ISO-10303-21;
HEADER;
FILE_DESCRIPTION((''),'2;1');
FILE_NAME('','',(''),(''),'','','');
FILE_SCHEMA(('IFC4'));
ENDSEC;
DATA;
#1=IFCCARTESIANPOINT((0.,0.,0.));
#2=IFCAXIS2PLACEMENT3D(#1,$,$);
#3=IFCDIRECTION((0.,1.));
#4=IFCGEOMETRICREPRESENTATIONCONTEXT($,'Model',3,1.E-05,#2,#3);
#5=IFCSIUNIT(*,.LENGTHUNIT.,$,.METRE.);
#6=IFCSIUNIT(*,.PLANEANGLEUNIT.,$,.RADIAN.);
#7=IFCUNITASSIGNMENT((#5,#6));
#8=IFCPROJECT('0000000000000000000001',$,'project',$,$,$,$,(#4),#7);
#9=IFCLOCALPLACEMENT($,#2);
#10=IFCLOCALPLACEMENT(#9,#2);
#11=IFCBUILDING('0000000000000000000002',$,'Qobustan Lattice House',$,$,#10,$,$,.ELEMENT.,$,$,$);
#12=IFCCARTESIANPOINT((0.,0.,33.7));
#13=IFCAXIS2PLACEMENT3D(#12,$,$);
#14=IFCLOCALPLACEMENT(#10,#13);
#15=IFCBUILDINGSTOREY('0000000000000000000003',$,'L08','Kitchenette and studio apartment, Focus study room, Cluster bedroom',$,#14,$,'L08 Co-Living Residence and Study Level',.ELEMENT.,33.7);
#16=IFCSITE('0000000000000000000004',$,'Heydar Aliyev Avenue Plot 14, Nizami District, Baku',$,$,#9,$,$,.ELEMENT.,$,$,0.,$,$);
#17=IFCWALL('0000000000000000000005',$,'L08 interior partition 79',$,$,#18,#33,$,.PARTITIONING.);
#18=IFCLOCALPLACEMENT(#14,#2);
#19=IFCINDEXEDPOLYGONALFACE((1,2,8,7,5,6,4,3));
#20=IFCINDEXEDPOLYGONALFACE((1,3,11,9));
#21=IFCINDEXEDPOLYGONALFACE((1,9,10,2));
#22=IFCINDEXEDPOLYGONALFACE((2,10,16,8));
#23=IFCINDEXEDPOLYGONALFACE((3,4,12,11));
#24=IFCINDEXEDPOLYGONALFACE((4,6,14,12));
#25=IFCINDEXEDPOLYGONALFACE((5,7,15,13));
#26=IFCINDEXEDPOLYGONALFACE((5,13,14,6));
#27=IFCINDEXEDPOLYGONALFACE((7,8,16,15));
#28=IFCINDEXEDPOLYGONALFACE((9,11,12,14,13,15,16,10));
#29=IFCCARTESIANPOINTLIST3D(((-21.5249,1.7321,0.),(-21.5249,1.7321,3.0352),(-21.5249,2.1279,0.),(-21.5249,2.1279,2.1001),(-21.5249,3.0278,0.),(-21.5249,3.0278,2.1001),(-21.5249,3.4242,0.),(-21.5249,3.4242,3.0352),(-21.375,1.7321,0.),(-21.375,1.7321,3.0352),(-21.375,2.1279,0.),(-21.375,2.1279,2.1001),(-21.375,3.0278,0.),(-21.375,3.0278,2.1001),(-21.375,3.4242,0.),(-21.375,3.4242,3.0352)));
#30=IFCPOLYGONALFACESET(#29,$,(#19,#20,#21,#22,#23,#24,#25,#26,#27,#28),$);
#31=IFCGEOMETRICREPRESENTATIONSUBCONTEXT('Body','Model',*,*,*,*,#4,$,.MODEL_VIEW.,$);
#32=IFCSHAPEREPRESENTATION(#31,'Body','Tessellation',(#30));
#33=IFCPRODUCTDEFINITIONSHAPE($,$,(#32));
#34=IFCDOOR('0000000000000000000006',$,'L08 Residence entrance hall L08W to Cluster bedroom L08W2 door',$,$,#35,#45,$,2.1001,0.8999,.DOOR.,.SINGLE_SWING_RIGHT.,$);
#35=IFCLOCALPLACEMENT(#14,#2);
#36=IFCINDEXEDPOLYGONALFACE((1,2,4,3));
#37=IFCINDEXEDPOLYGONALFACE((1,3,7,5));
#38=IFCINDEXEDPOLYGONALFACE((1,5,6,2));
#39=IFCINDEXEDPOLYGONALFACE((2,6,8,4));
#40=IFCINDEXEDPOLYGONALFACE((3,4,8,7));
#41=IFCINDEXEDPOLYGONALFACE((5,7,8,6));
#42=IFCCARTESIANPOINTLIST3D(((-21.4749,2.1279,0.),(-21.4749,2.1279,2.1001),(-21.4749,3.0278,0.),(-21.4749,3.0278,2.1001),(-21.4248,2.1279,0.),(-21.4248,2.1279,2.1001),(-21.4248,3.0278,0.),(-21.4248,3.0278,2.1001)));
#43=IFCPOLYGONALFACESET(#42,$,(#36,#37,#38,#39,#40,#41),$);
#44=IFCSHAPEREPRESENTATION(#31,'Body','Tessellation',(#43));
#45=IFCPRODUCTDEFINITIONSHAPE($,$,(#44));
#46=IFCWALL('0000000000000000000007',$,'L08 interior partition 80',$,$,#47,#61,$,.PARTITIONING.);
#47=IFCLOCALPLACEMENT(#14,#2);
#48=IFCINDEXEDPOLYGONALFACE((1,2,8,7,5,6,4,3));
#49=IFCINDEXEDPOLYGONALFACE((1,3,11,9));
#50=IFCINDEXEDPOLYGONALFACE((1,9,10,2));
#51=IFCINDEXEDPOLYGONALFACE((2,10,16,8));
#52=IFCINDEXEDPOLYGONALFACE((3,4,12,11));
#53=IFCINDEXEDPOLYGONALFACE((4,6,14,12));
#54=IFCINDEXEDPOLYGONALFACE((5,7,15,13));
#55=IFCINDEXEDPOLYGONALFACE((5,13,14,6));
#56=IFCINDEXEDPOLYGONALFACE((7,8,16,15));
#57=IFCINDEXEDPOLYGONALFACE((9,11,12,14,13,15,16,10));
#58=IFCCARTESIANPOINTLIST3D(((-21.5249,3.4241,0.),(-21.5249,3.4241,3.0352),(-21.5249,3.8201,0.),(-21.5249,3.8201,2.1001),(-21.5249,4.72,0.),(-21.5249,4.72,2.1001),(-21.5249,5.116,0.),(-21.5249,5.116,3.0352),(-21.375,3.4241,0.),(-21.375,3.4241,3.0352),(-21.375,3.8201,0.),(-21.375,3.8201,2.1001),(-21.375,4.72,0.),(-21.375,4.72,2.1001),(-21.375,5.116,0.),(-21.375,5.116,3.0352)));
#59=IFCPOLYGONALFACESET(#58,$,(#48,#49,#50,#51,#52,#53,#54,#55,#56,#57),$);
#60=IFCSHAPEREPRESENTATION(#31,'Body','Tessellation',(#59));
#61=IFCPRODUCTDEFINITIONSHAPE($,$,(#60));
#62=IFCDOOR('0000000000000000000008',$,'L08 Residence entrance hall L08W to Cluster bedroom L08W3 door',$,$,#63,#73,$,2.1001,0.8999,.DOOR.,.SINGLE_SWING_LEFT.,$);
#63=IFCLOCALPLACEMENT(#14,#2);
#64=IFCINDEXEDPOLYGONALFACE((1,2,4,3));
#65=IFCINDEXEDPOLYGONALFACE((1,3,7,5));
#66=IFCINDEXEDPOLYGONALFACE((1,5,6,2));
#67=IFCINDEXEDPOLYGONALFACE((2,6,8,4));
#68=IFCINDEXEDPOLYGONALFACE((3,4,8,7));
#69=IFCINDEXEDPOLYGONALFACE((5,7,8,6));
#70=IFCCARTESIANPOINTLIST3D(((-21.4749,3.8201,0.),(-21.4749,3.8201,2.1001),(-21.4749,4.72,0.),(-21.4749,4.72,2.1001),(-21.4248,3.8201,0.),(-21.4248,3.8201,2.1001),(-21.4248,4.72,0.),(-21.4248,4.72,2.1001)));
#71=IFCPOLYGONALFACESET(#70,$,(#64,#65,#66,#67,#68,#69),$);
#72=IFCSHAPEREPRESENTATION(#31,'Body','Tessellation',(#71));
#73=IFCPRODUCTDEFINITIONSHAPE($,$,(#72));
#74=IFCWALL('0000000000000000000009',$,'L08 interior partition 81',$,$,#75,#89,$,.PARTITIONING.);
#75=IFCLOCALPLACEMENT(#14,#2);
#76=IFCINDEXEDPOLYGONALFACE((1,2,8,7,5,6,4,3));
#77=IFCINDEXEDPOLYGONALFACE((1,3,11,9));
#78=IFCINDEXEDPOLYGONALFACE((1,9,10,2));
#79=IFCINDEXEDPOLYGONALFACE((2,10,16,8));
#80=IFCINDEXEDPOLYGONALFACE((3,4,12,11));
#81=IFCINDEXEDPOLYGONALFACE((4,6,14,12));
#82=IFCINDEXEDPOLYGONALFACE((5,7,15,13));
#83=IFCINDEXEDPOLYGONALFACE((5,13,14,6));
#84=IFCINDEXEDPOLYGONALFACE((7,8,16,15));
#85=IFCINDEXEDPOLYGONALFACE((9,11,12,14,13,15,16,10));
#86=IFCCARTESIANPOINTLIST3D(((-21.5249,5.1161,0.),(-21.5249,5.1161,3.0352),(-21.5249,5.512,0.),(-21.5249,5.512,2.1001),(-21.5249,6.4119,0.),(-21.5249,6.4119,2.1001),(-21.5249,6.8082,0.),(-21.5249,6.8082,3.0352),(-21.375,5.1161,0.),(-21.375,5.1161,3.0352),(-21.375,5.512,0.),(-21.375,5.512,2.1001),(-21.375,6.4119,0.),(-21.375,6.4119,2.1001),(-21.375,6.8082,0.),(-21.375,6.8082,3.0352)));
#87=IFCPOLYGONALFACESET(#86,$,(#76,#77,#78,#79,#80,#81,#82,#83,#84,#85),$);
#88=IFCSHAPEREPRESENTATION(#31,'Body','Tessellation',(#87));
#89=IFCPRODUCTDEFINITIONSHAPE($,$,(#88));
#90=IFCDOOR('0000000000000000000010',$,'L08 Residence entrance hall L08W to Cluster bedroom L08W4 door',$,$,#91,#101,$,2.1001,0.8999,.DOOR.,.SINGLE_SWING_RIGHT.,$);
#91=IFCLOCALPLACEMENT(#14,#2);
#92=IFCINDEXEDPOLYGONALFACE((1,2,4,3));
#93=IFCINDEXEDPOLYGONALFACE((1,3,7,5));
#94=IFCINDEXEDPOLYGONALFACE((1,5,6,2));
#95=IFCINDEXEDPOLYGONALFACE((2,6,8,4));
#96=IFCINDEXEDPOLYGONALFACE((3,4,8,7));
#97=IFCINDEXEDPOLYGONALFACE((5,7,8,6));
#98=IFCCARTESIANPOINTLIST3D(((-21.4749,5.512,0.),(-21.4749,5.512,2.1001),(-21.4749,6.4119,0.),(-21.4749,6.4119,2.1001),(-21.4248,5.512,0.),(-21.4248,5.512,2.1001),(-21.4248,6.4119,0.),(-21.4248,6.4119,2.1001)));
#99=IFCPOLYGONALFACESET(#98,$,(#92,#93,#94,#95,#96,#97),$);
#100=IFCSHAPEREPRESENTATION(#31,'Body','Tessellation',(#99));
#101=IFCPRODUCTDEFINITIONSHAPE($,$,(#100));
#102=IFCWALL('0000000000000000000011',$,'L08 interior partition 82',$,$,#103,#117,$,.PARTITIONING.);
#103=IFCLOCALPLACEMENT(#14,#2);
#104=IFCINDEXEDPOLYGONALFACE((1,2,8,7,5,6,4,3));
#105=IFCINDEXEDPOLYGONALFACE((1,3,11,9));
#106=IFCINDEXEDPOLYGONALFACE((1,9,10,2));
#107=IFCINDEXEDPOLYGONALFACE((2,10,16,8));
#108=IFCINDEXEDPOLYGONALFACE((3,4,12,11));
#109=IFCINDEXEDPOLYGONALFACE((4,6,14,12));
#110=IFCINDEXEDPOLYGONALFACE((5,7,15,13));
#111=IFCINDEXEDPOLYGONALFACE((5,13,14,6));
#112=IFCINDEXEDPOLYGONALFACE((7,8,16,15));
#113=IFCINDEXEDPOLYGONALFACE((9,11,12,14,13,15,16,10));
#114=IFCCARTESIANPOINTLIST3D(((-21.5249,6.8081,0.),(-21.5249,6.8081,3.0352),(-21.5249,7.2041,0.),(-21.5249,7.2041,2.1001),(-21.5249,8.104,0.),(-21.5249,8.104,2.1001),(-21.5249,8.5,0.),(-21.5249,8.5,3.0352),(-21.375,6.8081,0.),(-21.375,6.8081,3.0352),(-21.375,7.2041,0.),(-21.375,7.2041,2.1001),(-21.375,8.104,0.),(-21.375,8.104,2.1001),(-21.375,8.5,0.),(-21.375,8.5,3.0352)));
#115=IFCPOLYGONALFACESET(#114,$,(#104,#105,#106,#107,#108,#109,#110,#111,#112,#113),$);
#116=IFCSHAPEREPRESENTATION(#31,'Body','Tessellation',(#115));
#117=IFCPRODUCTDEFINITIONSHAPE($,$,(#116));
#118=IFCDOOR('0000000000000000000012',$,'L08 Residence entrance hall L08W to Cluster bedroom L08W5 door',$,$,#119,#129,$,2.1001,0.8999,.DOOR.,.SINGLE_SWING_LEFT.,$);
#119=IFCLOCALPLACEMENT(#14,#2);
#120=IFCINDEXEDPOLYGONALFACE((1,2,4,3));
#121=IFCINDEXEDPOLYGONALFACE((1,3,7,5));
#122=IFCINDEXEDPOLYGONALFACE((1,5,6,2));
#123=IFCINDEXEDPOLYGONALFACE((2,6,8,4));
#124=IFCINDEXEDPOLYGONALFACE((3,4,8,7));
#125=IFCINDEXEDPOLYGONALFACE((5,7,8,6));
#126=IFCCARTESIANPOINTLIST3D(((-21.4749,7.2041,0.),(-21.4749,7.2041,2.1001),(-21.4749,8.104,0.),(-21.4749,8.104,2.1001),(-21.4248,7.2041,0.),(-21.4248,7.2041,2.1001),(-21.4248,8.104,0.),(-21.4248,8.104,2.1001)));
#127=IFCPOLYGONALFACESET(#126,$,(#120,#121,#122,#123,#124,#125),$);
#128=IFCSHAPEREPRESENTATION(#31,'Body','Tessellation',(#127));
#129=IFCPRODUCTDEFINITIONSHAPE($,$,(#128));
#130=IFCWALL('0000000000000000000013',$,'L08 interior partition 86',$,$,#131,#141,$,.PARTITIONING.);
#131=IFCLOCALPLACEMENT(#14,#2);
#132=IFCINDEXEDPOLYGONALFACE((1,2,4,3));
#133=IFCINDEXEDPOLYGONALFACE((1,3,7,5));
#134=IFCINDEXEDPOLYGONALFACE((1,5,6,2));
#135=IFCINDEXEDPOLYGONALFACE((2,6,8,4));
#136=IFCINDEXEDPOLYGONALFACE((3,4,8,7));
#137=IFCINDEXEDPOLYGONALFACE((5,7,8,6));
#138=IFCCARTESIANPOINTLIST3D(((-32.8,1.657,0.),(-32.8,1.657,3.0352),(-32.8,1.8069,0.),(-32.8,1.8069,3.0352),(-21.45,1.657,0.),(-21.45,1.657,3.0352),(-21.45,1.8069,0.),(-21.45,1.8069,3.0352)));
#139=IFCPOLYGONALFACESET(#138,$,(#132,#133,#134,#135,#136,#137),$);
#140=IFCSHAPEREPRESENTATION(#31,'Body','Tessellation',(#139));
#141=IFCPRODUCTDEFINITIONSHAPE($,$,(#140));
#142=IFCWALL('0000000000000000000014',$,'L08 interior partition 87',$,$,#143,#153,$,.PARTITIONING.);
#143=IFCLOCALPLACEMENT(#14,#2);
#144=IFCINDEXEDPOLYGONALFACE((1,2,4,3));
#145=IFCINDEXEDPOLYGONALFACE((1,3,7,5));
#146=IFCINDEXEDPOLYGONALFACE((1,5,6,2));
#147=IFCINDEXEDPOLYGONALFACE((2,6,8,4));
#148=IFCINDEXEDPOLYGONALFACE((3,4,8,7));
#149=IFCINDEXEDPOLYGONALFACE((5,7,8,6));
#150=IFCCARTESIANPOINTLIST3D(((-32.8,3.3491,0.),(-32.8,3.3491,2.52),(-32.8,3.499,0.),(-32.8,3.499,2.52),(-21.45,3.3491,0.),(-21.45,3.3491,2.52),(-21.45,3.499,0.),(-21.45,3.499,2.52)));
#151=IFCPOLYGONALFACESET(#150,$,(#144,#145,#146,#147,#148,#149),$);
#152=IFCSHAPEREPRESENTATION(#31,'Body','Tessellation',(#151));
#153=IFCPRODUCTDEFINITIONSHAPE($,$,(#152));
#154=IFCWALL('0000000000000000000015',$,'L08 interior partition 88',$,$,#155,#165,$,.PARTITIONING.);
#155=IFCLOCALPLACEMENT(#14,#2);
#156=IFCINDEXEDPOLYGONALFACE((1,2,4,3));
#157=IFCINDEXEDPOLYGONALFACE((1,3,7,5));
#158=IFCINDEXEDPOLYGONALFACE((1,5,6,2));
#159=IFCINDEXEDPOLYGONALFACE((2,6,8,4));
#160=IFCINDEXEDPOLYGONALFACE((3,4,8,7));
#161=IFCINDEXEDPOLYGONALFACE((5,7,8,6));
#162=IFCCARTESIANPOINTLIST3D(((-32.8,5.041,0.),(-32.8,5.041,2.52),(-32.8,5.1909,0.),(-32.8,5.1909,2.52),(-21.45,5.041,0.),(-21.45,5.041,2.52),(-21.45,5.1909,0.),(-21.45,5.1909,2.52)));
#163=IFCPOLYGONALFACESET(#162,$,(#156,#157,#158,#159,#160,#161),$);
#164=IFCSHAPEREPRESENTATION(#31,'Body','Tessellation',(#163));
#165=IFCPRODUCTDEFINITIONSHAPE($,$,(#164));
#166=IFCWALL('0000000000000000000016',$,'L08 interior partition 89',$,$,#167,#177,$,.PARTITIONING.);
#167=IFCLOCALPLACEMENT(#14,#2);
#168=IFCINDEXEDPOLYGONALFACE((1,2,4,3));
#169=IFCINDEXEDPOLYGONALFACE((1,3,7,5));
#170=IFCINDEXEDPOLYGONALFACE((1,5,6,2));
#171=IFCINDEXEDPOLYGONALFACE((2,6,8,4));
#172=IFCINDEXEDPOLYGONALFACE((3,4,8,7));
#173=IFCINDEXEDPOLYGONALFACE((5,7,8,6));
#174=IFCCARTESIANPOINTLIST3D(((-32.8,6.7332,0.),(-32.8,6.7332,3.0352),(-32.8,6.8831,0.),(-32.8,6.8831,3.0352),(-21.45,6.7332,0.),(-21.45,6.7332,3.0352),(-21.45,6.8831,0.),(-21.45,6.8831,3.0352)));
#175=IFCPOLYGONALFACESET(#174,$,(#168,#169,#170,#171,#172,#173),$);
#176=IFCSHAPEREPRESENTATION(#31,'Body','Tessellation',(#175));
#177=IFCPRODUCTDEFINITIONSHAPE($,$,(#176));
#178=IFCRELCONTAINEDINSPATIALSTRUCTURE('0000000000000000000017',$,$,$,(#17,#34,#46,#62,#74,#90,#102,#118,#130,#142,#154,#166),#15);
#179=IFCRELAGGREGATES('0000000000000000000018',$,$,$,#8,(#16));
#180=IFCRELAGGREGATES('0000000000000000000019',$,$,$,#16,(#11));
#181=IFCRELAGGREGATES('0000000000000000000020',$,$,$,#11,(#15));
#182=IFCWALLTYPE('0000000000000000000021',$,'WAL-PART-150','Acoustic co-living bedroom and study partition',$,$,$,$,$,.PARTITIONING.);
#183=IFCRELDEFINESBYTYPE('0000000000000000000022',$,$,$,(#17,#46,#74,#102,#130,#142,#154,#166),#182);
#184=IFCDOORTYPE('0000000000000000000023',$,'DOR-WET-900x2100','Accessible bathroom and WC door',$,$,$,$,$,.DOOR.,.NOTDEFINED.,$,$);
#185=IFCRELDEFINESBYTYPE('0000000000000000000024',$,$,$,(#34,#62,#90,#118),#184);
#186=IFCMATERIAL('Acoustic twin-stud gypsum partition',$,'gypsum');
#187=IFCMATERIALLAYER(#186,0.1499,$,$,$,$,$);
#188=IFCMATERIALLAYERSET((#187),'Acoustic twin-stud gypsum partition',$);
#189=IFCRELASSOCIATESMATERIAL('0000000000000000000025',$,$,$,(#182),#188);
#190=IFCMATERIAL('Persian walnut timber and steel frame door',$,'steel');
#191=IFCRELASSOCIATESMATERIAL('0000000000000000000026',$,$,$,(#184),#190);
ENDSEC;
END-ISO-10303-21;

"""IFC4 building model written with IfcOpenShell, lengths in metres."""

from ifc_helpers import new_model, si_unit, direction, frame, frame_2d, origin, place, context, subcontext, project, spatial, rectangle, extrude, material, layer, layer_set, type_object, element, fill, save


model = new_model("IFC4")

# Units and contexts
model_context = context("Model", 3, precision=1e-05, world=origin(), true_north=direction((0.0, 1.0)))
body_context = subcontext(model_context, "Body", "Model", "MODEL_VIEW")
ifc_project = project(units=[si_unit("LENGTHUNIT", "METRE"), si_unit("PLANEANGLEUNIT", "RADIAN")], contexts=[model_context])

# Site, building, storey
site_placement = place(None, origin())
site = spatial("IfcSite", under=ifc_project, at=site_placement, Name="Heydar Aliyev Avenue Plot 14, Nizami District, Baku", CompositionType="ELEMENT", RefElevation=0.0)
building_placement = place(site_placement, origin())
building = spatial("IfcBuilding", under=site, at=building_placement, Name="Qobustan Lattice House", CompositionType="ELEMENT")
storey_placement = place(building_placement, frame((0.0, 0.0, 33.7)))
storey = spatial("IfcBuildingStorey", under=building, at=storey_placement, Name="L08", Description="Kitchenette and studio apartment, Focus study room, Cluster bedroom", LongName="L08 Co-Living Residence and Study Level", CompositionType="ELEMENT", Elevation=33.7)

# Shared definitions
ifc_material_1 = material(Name="Acoustic twin-stud gypsum partition", Category="gypsum")
ifc_layer_1 = layer(ifc_material_1, 0.1499)
ifc_layer_set_1 = layer_set([ifc_layer_1], Name="Acoustic twin-stud gypsum partition")
wall_type_1 = type_object("IfcWallType", Name="WAL-PART-150", Description="Acoustic co-living bedroom and study partition", PredefinedType="PARTITIONING", material=ifc_layer_set_1)

# Walls, openings, doors
ifc_material_2 = material(Name="Persian walnut timber and steel frame door", Category="steel")
door_type_1 = type_object("IfcDoorType", Name="DOR-WET-900x2100", Description="Accessible bathroom and WC door", OperationType="NOTDEFINED", PredefinedType="DOOR", material=ifc_material_2)
wall_1_placement = place(storey_placement, frame((-21.45, 1.7319, 0.0), z_axis=(0.0, 0.0, 1.0), x_axis=(0.0, 1.0, 0.0)))
wall_1 = element("IfcWall", 1, at=wall_1_placement, inside=storey, type_object=wall_type_1, Name="L08 interior partition 79", PredefinedType="PARTITIONING", context=body_context, shape_type="SweptSolid", body=[
    extrude(rectangle(XDim=1.6921, YDim=0.1499, at=frame_2d((0.8462, 0.0))), origin(), (0.0, 0.0, 1.0), 3.0352),
])
opening_1_placement = place(wall_1_placement, frame((0.396, 0.0, 0.0)))
opening_1 = element("IfcOpeningElement", 2, at=opening_1_placement, cuts=wall_1, PredefinedType="OPENING", context=body_context, shape_type="SweptSolid", body=[
    extrude(rectangle(XDim=0.8999, YDim=2.1001, at=frame_2d((0.45, 1.05))), frame((0.0, 0.085, 0.0), z_axis=(0.0, -1.0, 0.0), x_axis=(1.0, 0.0, 0.0)), (0.0, 0.0, 1.0), 0.1699),
])
door_1_placement = place(opening_1_placement, origin())
door_1 = element("IfcDoor", 3, at=door_1_placement, inside=storey, type_object=door_type_1, Name="L08 Residence entrance hall L08W to Cluster bedroom L08W2 door", OperationType="SINGLE_SWING_RIGHT", OverallHeight=2.1001, OverallWidth=0.8999, PredefinedType="DOOR", context=body_context, shape_type="SweptSolid", body=[
    extrude(rectangle(XDim=0.8999, YDim=2.1001, at=frame_2d((0.45, 1.05))), frame((0.0, 0.0249, 0.0), z_axis=(0.0, -1.0, 0.0), x_axis=(1.0, 0.0, 0.0)), (0.0, 0.0, 1.0), 0.05),
])
fill(opening_1, door_1)
wall_2_placement = place(storey_placement, frame((-21.45, 3.4241, 0.0), z_axis=(0.0, 0.0, 1.0), x_axis=(0.0, 1.0, 0.0)))
wall_2 = element("IfcWall", 4, at=wall_2_placement, inside=storey, type_object=wall_type_1, Name="L08 interior partition 80", PredefinedType="PARTITIONING", context=body_context, shape_type="SweptSolid", body=[
    extrude(rectangle(XDim=1.6919, YDim=0.1499, at=frame_2d((0.8459, 0.0))), origin(), (0.0, 0.0, 1.0), 3.0352),
])
opening_2_placement = place(wall_2_placement, frame((0.396, 0.0, 0.0)))
opening_2 = element("IfcOpeningElement", 5, at=opening_2_placement, cuts=wall_2, PredefinedType="OPENING", context=body_context, shape_type="SweptSolid", body=[
    extrude(rectangle(XDim=0.8999, YDim=2.1001, at=frame_2d((0.45, 1.05))), frame((0.0, 0.085, 0.0), z_axis=(0.0, -1.0, 0.0), x_axis=(1.0, 0.0, 0.0)), (0.0, 0.0, 1.0), 0.1699),
])
door_2_placement = place(opening_2_placement, origin())
door_2 = element("IfcDoor", 6, at=door_2_placement, inside=storey, type_object=door_type_1, Name="L08 Residence entrance hall L08W to Cluster bedroom L08W3 door", OperationType="SINGLE_SWING_LEFT", OverallHeight=2.1001, OverallWidth=0.8999, PredefinedType="DOOR", context=body_context, shape_type="SweptSolid", body=[
    extrude(rectangle(XDim=0.8999, YDim=2.1001, at=frame_2d((0.45, 1.05))), frame((0.0, 0.0249, 0.0), z_axis=(0.0, -1.0, 0.0), x_axis=(1.0, 0.0, 0.0)), (0.0, 0.0, 1.0), 0.05),
])
fill(opening_2, door_2)
wall_3_placement = place(storey_placement, frame((-21.45, 5.116, 0.0), z_axis=(0.0, 0.0, 1.0), x_axis=(0.0, 1.0, 0.0)))
wall_3 = element("IfcWall", 7, at=wall_3_placement, inside=storey, type_object=wall_type_1, Name="L08 interior partition 81", PredefinedType="PARTITIONING", context=body_context, shape_type="SweptSolid", body=[
    extrude(rectangle(XDim=1.6921, YDim=0.1499, at=frame_2d((0.8462, 0.0))), origin(), (0.0, 0.0, 1.0), 3.0352),
])
opening_3_placement = place(wall_3_placement, frame((0.396, 0.0, 0.0)))
opening_3 = element("IfcOpeningElement", 8, at=opening_3_placement, cuts=wall_3, PredefinedType="OPENING", context=body_context, shape_type="SweptSolid", body=[
    extrude(rectangle(XDim=0.8999, YDim=2.1001, at=frame_2d((0.45, 1.05))), frame((0.0, 0.085, 0.0), z_axis=(0.0, -1.0, 0.0), x_axis=(1.0, 0.0, 0.0)), (0.0, 0.0, 1.0), 0.1699),
])
door_3_placement = place(opening_3_placement, origin())
door_3 = element("IfcDoor", 9, at=door_3_placement, inside=storey, type_object=door_type_1, Name="L08 Residence entrance hall L08W to Cluster bedroom L08W4 door", OperationType="SINGLE_SWING_RIGHT", OverallHeight=2.1001, OverallWidth=0.8999, PredefinedType="DOOR", context=body_context, shape_type="SweptSolid", body=[
    extrude(rectangle(XDim=0.8999, YDim=2.1001, at=frame_2d((0.45, 1.05))), frame((0.0, 0.0249, 0.0), z_axis=(0.0, -1.0, 0.0), x_axis=(1.0, 0.0, 0.0)), (0.0, 0.0, 1.0), 0.05),
])
fill(opening_3, door_3)
wall_4_placement = place(storey_placement, frame((-21.45, 6.8081, 0.0), z_axis=(0.0, 0.0, 1.0), x_axis=(0.0, 1.0, 0.0)))
wall_4 = element("IfcWall", 10, at=wall_4_placement, inside=storey, type_object=wall_type_1, Name="L08 interior partition 82", PredefinedType="PARTITIONING", context=body_context, shape_type="SweptSolid", body=[
    extrude(rectangle(XDim=1.6919, YDim=0.1499, at=frame_2d((0.8459, 0.0))), origin(), (0.0, 0.0, 1.0), 3.0352),
])
opening_4_placement = place(wall_4_placement, frame((0.396, 0.0, 0.0)))
opening_4 = element("IfcOpeningElement", 11, at=opening_4_placement, cuts=wall_4, PredefinedType="OPENING", context=body_context, shape_type="SweptSolid", body=[
    extrude(rectangle(XDim=0.8999, YDim=2.1001, at=frame_2d((0.45, 1.05))), frame((0.0, 0.085, 0.0), z_axis=(0.0, -1.0, 0.0), x_axis=(1.0, 0.0, 0.0)), (0.0, 0.0, 1.0), 0.1699),
])
door_4_placement = place(opening_4_placement, origin())
door_4 = element("IfcDoor", 12, at=door_4_placement, inside=storey, type_object=door_type_1, Name="L08 Residence entrance hall L08W to Cluster bedroom L08W5 door", OperationType="SINGLE_SWING_LEFT", OverallHeight=2.1001, OverallWidth=0.8999, PredefinedType="DOOR", context=body_context, shape_type="SweptSolid", body=[
    extrude(rectangle(XDim=0.8999, YDim=2.1001, at=frame_2d((0.45, 1.05))), frame((0.0, 0.0249, 0.0), z_axis=(0.0, -1.0, 0.0), x_axis=(1.0, 0.0, 0.0)), (0.0, 0.0, 1.0), 0.05),
])
fill(opening_4, door_4)

# Walls
wall_5_placement = place(storey_placement, frame((-32.8, 1.7319, 0.0), z_axis=(0.0, 0.0, 1.0), x_axis=(1.0, 0.0, 0.0)))
element("IfcWall", 13, at=wall_5_placement, inside=storey, type_object=wall_type_1, Name="L08 interior partition 86", PredefinedType="PARTITIONING", context=body_context, shape_type="SweptSolid", body=[
    extrude(rectangle(XDim=11.3501, YDim=0.1499, at=frame_2d((5.675, 0.0))), origin(), (0.0, 0.0, 1.0), 3.0352),
])
for number, where, z_axis, x_axis, name in (
    (14, (-32.8, 3.4241, 0.0), (0.0, 0.0, 1.0), (1.0, 0.0, 0.0), "L08 interior partition 87"),
    (15, (-32.8, 5.116, 0.0), (0.0, 0.0, 1.0), (1.0, 0.0, 0.0), "L08 interior partition 88"),
):
    element("IfcWall", number, at=place(storey_placement, frame(where, z_axis=z_axis, x_axis=x_axis)), inside=storey, type_object=wall_type_1, Name=name, PredefinedType="PARTITIONING", context=body_context, shape_type="SweptSolid", body=[
        extrude(rectangle(XDim=11.3501, YDim=0.1499, at=frame_2d((5.675, 0.0))), origin(), (0.0, 0.0, 1.0), 2.52),
    ])
wall_6_placement = place(storey_placement, frame((-32.8, 6.8081, 0.0), z_axis=(0.0, 0.0, 1.0), x_axis=(1.0, 0.0, 0.0)))
element("IfcWall", 16, at=wall_6_placement, inside=storey, type_object=wall_type_1, Name="L08 interior partition 89", PredefinedType="PARTITIONING", context=body_context, shape_type="SweptSolid", body=[
    extrude(rectangle(XDim=11.3501, YDim=0.1499, at=frame_2d((5.675, 0.0))), origin(), (0.0, 0.0, 1.0), 3.0352),
])

save(model, "model.ifc")
